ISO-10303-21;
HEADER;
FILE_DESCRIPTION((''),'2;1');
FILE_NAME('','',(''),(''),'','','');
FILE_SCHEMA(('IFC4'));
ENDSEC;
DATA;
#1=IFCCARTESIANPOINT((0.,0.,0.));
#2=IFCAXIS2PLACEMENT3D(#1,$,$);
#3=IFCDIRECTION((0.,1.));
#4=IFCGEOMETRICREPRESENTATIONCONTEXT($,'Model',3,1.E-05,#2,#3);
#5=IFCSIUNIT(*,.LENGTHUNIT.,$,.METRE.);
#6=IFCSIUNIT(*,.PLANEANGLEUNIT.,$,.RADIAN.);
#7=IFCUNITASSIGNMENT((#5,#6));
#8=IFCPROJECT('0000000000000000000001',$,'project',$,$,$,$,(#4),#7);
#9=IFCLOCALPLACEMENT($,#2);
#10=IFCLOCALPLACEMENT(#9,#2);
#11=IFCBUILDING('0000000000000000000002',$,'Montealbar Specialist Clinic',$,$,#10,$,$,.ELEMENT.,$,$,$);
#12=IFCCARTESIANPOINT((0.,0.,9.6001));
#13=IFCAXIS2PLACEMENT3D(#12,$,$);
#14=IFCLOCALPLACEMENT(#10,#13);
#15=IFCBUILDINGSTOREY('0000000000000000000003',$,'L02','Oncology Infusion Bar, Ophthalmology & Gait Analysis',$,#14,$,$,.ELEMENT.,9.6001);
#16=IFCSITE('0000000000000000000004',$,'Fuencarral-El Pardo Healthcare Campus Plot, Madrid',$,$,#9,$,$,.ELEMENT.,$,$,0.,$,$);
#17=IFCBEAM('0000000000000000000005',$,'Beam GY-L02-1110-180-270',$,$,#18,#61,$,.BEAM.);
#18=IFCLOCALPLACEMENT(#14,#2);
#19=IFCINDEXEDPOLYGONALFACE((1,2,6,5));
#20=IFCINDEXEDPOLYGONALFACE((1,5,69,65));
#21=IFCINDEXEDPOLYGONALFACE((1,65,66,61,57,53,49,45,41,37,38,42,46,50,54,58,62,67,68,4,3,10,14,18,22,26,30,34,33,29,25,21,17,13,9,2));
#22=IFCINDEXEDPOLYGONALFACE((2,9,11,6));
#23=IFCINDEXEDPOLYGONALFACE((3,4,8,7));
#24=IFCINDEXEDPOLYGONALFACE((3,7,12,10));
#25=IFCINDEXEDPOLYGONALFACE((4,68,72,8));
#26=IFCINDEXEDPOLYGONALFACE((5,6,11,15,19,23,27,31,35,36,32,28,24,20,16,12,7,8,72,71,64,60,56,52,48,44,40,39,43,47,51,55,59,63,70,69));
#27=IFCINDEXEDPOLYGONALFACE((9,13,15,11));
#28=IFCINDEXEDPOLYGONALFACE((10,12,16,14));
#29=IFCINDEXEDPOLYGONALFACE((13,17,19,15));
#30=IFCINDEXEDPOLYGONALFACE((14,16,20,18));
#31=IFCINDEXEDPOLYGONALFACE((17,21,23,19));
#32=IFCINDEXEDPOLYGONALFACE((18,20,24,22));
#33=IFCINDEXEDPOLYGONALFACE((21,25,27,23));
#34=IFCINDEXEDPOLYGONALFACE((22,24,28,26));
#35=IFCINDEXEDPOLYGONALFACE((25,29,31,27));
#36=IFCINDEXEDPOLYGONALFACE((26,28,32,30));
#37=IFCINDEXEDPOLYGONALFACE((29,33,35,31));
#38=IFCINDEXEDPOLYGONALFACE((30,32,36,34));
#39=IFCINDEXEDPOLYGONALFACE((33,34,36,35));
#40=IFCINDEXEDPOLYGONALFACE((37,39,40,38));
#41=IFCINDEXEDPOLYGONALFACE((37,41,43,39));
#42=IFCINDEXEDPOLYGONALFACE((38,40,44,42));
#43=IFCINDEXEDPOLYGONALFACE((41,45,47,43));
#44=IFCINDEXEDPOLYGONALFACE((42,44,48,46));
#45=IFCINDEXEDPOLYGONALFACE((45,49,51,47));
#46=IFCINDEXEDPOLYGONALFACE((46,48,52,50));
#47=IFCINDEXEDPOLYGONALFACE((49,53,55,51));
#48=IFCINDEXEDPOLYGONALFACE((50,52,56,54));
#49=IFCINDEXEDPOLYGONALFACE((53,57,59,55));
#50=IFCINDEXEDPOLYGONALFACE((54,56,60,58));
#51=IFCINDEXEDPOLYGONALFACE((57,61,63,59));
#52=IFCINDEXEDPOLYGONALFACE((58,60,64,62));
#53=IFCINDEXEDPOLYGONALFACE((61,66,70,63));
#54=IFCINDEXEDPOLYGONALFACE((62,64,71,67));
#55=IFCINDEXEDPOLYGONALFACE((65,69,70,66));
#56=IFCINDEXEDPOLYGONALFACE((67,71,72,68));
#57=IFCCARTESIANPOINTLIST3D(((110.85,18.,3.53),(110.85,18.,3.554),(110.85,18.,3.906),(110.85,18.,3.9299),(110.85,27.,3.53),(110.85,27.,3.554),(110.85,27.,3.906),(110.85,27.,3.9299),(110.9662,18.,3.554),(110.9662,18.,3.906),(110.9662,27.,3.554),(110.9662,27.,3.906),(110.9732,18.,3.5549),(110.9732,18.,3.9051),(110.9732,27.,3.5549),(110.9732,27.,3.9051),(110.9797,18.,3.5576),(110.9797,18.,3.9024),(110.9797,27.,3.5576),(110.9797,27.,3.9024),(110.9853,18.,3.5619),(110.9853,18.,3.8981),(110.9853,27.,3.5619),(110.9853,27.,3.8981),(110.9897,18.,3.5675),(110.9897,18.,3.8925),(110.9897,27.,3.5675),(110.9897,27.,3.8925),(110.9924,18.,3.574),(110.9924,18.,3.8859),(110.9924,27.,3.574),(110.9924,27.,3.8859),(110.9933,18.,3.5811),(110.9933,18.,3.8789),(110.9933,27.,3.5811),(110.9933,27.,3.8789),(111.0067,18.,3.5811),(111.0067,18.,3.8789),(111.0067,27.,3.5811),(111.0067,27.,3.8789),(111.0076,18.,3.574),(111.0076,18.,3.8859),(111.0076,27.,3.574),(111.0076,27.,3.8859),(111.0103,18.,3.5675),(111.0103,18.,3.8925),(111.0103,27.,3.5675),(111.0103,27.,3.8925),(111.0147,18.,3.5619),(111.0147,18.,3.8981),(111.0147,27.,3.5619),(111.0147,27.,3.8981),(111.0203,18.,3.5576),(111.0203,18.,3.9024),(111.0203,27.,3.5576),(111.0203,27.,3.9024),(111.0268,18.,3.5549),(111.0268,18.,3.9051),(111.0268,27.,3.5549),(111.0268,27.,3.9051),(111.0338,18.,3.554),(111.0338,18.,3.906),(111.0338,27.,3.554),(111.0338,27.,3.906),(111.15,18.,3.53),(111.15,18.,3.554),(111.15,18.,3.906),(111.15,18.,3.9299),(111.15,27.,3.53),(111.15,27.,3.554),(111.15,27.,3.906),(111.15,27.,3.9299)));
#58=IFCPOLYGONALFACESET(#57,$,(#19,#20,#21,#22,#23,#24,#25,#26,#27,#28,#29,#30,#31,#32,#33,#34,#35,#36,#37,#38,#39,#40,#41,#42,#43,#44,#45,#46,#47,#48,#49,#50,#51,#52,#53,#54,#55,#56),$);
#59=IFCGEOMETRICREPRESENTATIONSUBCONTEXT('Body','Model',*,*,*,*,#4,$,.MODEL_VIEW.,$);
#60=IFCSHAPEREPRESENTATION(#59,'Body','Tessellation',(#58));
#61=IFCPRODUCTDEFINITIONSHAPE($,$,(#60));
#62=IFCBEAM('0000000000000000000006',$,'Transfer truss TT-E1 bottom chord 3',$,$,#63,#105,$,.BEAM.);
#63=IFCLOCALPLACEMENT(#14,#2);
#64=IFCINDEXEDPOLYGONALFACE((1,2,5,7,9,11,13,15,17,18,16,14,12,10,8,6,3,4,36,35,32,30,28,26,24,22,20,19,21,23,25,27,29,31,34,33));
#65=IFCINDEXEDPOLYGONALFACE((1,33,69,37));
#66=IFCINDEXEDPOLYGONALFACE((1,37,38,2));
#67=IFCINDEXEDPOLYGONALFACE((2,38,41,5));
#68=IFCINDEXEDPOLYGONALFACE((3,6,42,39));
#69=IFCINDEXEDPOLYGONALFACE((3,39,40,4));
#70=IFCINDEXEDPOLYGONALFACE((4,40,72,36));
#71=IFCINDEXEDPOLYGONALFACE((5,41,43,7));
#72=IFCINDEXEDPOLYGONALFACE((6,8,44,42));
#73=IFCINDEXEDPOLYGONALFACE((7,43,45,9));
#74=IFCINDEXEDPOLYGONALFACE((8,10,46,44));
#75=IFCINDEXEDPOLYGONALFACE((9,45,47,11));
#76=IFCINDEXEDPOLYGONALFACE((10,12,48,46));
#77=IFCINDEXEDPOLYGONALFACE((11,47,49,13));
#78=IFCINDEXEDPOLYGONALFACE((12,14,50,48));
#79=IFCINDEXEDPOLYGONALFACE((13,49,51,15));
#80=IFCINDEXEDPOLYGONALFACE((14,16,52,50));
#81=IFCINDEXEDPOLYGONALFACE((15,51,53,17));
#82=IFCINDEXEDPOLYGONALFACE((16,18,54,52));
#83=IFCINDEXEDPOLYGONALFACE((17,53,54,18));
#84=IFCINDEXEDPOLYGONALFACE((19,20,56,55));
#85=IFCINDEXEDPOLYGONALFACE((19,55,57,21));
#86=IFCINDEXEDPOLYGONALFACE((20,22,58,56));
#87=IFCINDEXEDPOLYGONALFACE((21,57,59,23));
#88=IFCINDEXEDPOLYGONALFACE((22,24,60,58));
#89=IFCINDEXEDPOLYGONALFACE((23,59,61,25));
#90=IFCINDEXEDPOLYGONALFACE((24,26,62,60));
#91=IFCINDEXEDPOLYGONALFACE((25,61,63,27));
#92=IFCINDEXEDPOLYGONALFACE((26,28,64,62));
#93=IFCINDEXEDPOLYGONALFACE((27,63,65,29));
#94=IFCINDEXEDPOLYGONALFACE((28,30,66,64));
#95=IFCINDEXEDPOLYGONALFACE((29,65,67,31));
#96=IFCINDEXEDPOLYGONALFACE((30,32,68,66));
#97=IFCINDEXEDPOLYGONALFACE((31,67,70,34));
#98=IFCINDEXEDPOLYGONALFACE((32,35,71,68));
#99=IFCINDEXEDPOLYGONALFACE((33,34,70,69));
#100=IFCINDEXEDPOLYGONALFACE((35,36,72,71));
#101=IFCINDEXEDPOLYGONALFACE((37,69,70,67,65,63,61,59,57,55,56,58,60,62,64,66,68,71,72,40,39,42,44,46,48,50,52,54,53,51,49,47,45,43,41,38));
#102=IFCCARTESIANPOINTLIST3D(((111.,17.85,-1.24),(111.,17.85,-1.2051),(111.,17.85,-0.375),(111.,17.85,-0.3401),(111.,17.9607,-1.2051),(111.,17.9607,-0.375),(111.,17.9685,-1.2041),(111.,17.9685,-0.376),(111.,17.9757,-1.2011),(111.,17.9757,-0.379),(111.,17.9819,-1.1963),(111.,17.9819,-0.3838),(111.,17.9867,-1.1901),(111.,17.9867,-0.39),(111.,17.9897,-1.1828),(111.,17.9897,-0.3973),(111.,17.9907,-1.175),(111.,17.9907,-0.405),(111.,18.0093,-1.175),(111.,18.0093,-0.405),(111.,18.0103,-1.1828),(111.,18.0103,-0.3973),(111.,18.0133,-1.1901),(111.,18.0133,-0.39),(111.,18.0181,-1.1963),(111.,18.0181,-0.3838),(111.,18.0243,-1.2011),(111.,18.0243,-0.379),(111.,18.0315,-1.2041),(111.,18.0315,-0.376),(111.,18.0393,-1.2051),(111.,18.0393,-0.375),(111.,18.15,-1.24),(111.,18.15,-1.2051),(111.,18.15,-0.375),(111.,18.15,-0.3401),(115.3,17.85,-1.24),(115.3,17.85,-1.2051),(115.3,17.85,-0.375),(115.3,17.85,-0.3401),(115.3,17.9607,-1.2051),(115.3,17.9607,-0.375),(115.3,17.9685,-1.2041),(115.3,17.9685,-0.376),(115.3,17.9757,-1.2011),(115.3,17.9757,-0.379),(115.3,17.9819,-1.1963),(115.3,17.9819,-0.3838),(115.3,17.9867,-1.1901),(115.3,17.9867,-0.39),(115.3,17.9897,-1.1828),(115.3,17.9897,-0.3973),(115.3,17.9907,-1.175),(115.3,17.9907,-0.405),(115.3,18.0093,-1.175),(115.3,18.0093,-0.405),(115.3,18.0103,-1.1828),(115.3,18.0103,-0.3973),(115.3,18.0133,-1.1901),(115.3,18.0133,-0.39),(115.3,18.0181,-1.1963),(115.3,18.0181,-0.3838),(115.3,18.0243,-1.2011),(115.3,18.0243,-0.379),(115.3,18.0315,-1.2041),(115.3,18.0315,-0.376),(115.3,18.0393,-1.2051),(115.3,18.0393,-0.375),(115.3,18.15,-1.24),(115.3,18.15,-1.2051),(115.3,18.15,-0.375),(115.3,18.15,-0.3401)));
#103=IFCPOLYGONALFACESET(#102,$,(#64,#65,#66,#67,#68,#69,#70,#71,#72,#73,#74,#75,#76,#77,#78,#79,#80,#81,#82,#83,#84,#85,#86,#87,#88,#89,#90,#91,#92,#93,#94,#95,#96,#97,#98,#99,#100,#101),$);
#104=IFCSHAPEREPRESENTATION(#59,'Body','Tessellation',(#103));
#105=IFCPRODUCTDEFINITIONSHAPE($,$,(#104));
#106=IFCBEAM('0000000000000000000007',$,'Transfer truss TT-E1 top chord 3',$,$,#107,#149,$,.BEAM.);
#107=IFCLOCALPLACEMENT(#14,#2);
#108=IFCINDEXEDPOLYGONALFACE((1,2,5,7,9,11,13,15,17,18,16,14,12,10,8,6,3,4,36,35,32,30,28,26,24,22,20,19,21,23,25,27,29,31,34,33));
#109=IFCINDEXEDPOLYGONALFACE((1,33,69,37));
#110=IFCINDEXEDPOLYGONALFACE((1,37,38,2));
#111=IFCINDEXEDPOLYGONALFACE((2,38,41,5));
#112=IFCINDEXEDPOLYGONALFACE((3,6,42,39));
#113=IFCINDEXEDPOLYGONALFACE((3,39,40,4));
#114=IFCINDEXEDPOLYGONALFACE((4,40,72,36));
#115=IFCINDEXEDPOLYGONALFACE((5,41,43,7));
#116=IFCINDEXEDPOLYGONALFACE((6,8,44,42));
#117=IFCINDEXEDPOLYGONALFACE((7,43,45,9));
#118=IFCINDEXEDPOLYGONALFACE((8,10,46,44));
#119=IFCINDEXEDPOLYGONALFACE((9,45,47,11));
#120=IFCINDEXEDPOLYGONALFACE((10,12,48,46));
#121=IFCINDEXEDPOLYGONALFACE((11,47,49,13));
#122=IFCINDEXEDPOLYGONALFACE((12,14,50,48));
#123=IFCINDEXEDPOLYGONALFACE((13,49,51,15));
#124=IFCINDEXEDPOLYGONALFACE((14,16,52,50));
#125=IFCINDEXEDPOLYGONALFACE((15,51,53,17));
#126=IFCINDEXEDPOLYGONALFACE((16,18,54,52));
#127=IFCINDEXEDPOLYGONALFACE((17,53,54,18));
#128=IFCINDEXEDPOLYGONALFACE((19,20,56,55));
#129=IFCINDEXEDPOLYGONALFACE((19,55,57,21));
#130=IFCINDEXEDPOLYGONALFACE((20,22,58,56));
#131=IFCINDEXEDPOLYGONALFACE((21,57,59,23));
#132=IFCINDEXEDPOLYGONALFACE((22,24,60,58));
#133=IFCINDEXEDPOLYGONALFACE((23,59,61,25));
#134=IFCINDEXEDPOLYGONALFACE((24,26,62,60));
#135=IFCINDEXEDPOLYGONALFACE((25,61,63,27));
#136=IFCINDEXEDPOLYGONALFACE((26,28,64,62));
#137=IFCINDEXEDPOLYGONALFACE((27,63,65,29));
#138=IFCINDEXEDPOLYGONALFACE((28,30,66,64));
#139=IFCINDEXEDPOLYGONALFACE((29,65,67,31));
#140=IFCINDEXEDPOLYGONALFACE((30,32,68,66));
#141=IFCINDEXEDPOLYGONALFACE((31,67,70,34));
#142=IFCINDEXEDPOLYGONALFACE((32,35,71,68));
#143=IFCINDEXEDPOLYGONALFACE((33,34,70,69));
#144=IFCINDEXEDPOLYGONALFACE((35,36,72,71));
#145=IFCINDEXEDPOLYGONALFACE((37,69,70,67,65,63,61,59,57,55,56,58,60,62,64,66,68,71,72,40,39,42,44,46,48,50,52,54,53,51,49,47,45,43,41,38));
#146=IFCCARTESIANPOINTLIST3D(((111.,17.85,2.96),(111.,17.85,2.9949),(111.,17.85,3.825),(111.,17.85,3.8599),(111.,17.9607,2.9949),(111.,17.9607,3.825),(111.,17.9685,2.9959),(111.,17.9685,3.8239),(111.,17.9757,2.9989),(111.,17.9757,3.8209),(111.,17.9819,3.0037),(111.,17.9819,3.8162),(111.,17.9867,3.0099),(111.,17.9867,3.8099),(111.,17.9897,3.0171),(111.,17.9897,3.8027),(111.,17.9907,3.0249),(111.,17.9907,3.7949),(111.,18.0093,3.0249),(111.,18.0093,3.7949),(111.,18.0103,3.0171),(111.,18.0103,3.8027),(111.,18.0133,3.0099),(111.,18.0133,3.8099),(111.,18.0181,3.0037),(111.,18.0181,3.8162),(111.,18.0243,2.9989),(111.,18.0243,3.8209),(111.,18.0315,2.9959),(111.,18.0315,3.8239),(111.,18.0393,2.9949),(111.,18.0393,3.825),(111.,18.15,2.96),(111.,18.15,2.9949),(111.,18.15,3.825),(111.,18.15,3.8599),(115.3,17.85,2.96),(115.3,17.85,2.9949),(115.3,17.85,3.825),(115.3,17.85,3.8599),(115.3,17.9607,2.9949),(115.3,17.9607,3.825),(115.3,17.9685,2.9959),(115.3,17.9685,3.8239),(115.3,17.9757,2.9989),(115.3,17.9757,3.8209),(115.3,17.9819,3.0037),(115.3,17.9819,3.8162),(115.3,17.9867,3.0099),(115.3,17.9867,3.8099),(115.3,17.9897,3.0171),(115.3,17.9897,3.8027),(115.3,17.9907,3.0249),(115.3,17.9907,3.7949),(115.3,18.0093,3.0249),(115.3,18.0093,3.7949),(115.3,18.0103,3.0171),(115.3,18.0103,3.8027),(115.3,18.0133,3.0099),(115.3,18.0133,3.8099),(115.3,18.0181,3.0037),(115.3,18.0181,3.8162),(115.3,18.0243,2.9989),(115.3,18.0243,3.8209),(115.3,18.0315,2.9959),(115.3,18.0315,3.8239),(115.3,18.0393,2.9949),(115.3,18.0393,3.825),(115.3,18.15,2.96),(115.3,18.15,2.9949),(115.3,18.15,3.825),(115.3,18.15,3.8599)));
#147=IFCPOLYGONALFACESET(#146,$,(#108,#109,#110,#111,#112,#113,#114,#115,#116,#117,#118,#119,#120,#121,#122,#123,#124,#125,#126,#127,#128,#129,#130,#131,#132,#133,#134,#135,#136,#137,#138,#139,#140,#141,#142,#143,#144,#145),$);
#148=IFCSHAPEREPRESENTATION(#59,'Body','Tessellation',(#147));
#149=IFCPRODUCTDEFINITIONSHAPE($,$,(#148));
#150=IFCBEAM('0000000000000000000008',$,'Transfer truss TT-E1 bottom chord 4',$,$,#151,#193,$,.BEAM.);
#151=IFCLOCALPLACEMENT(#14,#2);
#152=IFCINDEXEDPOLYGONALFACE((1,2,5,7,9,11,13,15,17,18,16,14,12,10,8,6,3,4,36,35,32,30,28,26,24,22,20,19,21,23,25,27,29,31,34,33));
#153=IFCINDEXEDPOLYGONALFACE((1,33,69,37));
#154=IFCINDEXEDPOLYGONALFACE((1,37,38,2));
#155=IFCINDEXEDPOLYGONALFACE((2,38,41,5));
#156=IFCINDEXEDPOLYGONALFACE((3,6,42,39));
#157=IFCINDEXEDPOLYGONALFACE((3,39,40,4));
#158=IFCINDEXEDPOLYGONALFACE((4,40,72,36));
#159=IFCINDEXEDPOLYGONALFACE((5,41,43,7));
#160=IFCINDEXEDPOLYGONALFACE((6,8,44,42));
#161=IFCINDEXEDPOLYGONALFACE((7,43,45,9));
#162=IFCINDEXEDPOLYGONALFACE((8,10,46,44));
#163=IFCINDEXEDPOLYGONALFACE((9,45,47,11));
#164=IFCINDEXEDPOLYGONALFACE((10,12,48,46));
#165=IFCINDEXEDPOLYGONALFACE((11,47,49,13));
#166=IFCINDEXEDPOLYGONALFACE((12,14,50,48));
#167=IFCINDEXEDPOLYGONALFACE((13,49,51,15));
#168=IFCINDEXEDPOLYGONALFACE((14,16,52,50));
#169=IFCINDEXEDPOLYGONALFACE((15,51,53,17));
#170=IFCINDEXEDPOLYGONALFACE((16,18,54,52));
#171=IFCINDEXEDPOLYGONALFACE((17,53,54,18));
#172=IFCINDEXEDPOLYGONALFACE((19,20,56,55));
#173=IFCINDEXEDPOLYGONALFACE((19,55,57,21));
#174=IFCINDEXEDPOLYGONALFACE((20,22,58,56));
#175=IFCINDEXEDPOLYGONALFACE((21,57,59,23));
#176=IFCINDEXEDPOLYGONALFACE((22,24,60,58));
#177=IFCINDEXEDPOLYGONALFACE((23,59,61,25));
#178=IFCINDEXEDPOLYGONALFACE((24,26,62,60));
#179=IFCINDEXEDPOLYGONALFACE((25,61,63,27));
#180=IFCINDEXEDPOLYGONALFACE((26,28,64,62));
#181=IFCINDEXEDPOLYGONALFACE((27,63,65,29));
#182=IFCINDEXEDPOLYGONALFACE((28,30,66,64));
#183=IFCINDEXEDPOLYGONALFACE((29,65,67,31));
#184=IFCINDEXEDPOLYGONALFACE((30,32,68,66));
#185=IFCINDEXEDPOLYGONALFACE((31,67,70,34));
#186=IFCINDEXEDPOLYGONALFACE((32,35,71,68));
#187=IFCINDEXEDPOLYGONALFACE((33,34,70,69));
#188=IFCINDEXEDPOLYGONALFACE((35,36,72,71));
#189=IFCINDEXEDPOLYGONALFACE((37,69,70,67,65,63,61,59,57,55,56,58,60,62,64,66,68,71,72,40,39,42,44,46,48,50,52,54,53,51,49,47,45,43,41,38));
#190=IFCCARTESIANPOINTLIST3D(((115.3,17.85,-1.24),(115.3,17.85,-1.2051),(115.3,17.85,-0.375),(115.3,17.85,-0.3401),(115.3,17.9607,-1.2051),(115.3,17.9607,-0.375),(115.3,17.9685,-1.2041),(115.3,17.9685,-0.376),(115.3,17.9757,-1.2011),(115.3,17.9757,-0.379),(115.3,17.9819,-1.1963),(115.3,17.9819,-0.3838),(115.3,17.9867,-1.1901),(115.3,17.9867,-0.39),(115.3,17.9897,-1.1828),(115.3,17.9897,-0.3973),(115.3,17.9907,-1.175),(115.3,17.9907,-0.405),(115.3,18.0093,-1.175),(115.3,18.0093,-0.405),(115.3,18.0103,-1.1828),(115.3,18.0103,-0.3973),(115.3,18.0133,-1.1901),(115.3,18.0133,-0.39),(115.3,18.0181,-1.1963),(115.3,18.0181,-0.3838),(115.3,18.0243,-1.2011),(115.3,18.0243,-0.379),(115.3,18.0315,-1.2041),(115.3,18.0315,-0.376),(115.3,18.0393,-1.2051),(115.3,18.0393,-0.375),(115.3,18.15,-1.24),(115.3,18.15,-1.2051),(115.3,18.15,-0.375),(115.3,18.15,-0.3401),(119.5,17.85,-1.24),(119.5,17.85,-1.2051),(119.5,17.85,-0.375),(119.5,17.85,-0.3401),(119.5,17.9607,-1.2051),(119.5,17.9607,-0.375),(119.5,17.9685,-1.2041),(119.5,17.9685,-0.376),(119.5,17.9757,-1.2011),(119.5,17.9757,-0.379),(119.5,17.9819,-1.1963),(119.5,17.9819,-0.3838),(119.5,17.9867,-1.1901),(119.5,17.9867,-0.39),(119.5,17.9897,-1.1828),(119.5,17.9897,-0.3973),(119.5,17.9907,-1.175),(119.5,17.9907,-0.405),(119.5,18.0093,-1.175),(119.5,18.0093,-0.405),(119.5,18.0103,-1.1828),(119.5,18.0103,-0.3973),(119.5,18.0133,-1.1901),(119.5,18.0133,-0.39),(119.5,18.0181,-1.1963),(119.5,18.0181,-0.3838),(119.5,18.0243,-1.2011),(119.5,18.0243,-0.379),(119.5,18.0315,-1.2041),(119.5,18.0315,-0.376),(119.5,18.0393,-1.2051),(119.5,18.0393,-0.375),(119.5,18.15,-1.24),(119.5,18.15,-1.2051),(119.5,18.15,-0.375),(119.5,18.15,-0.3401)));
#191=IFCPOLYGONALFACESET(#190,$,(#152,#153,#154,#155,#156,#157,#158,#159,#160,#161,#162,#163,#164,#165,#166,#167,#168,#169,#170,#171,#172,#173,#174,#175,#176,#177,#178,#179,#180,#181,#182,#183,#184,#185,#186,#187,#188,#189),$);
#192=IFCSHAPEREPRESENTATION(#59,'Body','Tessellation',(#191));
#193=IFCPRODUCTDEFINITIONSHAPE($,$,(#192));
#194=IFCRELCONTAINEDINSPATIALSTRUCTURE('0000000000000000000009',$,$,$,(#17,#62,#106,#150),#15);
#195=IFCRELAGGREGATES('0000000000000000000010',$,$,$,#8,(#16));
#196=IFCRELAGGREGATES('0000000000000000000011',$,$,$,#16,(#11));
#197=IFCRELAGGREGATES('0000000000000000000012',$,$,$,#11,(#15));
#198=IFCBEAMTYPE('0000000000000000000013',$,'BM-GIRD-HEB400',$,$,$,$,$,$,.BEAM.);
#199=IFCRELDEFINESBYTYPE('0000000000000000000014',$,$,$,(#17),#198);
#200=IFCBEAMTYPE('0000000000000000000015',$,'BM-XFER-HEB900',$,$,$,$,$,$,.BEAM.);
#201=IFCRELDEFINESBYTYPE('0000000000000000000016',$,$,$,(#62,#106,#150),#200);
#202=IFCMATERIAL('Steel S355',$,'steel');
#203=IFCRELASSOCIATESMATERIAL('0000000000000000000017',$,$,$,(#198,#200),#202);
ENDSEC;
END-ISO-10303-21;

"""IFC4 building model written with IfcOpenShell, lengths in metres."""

from ifc_helpers import new_model, si_unit, direction, frame, origin, origin_2d, place, context, subcontext, project, spatial, i_section, extrude, material, material_profile, profile_set, type_object, element, save


model = new_model("IFC4")

# Units and contexts
model_context = context("Model", 3, precision=1e-05, world=origin(), true_north=direction((0.0, 1.0)))
body_context = subcontext(model_context, "Body", "Model", "MODEL_VIEW")
ifc_project = project(units=[si_unit("LENGTHUNIT", "METRE"), si_unit("PLANEANGLEUNIT", "RADIAN")], contexts=[model_context])

# Site, building, storey
site_placement = place(None, origin())
site = spatial("IfcSite", under=ifc_project, at=site_placement, Name="Fuencarral-El Pardo Healthcare Campus Plot, Madrid", CompositionType="ELEMENT", RefElevation=0.0)
building_placement = place(site_placement, origin())
building = spatial("IfcBuilding", under=site, at=building_placement, Name="Montealbar Specialist Clinic", CompositionType="ELEMENT")
storey_placement = place(building_placement, frame((0.0, 0.0, 9.6001)))
storey = spatial("IfcBuildingStorey", under=building, at=storey_placement, Name="L02", Description="Oncology Infusion Bar, Ophthalmology & Gait Analysis", CompositionType="ELEMENT", Elevation=9.6001)

# Shared definitions
ifc_material_1 = material(Name="Steel S355", Category="steel")

# Beams
ifc_material_profile_1 = material_profile(ifc_material_1, i_section(OverallWidth=0.3, OverallDepth=0.3999, WebThickness=0.0134, FlangeThickness=0.0239, FilletRadius=0.0271, at=origin_2d()), Name="HEB 400", Category="steel")
ifc_profile_set_1 = profile_set([ifc_material_profile_1], Name="Steel S355")
beam_type_1 = type_object("IfcBeamType", Name="BM-GIRD-HEB400", PredefinedType="BEAM", material=ifc_profile_set_1)
for number, where, z_axis, x_axis, name in (
    (1, (111.0, 18.0, 3.73), (0.0, 1.0, 0.0), (-1.0, 0.0, 0.0), "Beam GY-L02-1110-180-270"),
):
    element("IfcBeam", number, at=place(storey_placement, frame(where, z_axis=z_axis, x_axis=x_axis)), inside=storey, type_object=beam_type_1, Name=name, PredefinedType="BEAM", context=body_context, shape_type="SweptSolid", body=[
        extrude(i_section(OverallWidth=0.3, OverallDepth=0.3999, WebThickness=0.0134, FlangeThickness=0.0239, FilletRadius=0.0271, at=origin_2d()), origin(), (0.0, 0.0, 1.0), 9.0),
    ])
ifc_material_profile_2 = material_profile(ifc_material_1, i_section(OverallWidth=0.3, OverallDepth=0.8999, WebThickness=0.0186, FlangeThickness=0.0349, FilletRadius=0.03, at=origin_2d()), Name="HEB 900", Category="steel")
ifc_profile_set_2 = profile_set([ifc_material_profile_2], Name="Steel S355")
beam_type_2 = type_object("IfcBeamType", Name="BM-XFER-HEB900", PredefinedType="BEAM", material=ifc_profile_set_2)
for number, where, z_axis, x_axis, name in (
    (2, (111.0, 18.0, -0.79), (1.0, 0.0, 0.0), (0.0, 1.0, 0.0), "Transfer truss TT-E1 bottom chord 3"),
    (3, (111.0, 18.0, 3.4099), (1.0, 0.0, 0.0), (0.0, 1.0, 0.0), "Transfer truss TT-E1 top chord 3"),
):
    element("IfcBeam", number, at=place(storey_placement, frame(where, z_axis=z_axis, x_axis=x_axis)), inside=storey, type_object=beam_type_2, Name=name, PredefinedType="BEAM", context=body_context, shape_type="SweptSolid", body=[
        extrude(i_section(OverallWidth=0.3, OverallDepth=0.8999, WebThickness=0.0186, FlangeThickness=0.0349, FilletRadius=0.03, at=origin_2d()), origin(), (0.0, 0.0, 1.0), 4.3),
    ])
for number, where, z_axis, x_axis, name in (
    (4, (115.3, 18.0, -0.79), (1.0, 0.0, 0.0), (0.0, 1.0, 0.0), "Transfer truss TT-E1 bottom chord 4"),
):
    element("IfcBeam", number, at=place(storey_placement, frame(where, z_axis=z_axis, x_axis=x_axis)), inside=storey, type_object=beam_type_2, Name=name, PredefinedType="BEAM", context=body_context, shape_type="SweptSolid", body=[
        extrude(i_section(OverallWidth=0.3, OverallDepth=0.8999, WebThickness=0.0186, FlangeThickness=0.0349, FilletRadius=0.03, at=origin_2d()), origin(), (0.0, 0.0, 1.0), 4.2),
    ])

save(model, "model.ifc")
